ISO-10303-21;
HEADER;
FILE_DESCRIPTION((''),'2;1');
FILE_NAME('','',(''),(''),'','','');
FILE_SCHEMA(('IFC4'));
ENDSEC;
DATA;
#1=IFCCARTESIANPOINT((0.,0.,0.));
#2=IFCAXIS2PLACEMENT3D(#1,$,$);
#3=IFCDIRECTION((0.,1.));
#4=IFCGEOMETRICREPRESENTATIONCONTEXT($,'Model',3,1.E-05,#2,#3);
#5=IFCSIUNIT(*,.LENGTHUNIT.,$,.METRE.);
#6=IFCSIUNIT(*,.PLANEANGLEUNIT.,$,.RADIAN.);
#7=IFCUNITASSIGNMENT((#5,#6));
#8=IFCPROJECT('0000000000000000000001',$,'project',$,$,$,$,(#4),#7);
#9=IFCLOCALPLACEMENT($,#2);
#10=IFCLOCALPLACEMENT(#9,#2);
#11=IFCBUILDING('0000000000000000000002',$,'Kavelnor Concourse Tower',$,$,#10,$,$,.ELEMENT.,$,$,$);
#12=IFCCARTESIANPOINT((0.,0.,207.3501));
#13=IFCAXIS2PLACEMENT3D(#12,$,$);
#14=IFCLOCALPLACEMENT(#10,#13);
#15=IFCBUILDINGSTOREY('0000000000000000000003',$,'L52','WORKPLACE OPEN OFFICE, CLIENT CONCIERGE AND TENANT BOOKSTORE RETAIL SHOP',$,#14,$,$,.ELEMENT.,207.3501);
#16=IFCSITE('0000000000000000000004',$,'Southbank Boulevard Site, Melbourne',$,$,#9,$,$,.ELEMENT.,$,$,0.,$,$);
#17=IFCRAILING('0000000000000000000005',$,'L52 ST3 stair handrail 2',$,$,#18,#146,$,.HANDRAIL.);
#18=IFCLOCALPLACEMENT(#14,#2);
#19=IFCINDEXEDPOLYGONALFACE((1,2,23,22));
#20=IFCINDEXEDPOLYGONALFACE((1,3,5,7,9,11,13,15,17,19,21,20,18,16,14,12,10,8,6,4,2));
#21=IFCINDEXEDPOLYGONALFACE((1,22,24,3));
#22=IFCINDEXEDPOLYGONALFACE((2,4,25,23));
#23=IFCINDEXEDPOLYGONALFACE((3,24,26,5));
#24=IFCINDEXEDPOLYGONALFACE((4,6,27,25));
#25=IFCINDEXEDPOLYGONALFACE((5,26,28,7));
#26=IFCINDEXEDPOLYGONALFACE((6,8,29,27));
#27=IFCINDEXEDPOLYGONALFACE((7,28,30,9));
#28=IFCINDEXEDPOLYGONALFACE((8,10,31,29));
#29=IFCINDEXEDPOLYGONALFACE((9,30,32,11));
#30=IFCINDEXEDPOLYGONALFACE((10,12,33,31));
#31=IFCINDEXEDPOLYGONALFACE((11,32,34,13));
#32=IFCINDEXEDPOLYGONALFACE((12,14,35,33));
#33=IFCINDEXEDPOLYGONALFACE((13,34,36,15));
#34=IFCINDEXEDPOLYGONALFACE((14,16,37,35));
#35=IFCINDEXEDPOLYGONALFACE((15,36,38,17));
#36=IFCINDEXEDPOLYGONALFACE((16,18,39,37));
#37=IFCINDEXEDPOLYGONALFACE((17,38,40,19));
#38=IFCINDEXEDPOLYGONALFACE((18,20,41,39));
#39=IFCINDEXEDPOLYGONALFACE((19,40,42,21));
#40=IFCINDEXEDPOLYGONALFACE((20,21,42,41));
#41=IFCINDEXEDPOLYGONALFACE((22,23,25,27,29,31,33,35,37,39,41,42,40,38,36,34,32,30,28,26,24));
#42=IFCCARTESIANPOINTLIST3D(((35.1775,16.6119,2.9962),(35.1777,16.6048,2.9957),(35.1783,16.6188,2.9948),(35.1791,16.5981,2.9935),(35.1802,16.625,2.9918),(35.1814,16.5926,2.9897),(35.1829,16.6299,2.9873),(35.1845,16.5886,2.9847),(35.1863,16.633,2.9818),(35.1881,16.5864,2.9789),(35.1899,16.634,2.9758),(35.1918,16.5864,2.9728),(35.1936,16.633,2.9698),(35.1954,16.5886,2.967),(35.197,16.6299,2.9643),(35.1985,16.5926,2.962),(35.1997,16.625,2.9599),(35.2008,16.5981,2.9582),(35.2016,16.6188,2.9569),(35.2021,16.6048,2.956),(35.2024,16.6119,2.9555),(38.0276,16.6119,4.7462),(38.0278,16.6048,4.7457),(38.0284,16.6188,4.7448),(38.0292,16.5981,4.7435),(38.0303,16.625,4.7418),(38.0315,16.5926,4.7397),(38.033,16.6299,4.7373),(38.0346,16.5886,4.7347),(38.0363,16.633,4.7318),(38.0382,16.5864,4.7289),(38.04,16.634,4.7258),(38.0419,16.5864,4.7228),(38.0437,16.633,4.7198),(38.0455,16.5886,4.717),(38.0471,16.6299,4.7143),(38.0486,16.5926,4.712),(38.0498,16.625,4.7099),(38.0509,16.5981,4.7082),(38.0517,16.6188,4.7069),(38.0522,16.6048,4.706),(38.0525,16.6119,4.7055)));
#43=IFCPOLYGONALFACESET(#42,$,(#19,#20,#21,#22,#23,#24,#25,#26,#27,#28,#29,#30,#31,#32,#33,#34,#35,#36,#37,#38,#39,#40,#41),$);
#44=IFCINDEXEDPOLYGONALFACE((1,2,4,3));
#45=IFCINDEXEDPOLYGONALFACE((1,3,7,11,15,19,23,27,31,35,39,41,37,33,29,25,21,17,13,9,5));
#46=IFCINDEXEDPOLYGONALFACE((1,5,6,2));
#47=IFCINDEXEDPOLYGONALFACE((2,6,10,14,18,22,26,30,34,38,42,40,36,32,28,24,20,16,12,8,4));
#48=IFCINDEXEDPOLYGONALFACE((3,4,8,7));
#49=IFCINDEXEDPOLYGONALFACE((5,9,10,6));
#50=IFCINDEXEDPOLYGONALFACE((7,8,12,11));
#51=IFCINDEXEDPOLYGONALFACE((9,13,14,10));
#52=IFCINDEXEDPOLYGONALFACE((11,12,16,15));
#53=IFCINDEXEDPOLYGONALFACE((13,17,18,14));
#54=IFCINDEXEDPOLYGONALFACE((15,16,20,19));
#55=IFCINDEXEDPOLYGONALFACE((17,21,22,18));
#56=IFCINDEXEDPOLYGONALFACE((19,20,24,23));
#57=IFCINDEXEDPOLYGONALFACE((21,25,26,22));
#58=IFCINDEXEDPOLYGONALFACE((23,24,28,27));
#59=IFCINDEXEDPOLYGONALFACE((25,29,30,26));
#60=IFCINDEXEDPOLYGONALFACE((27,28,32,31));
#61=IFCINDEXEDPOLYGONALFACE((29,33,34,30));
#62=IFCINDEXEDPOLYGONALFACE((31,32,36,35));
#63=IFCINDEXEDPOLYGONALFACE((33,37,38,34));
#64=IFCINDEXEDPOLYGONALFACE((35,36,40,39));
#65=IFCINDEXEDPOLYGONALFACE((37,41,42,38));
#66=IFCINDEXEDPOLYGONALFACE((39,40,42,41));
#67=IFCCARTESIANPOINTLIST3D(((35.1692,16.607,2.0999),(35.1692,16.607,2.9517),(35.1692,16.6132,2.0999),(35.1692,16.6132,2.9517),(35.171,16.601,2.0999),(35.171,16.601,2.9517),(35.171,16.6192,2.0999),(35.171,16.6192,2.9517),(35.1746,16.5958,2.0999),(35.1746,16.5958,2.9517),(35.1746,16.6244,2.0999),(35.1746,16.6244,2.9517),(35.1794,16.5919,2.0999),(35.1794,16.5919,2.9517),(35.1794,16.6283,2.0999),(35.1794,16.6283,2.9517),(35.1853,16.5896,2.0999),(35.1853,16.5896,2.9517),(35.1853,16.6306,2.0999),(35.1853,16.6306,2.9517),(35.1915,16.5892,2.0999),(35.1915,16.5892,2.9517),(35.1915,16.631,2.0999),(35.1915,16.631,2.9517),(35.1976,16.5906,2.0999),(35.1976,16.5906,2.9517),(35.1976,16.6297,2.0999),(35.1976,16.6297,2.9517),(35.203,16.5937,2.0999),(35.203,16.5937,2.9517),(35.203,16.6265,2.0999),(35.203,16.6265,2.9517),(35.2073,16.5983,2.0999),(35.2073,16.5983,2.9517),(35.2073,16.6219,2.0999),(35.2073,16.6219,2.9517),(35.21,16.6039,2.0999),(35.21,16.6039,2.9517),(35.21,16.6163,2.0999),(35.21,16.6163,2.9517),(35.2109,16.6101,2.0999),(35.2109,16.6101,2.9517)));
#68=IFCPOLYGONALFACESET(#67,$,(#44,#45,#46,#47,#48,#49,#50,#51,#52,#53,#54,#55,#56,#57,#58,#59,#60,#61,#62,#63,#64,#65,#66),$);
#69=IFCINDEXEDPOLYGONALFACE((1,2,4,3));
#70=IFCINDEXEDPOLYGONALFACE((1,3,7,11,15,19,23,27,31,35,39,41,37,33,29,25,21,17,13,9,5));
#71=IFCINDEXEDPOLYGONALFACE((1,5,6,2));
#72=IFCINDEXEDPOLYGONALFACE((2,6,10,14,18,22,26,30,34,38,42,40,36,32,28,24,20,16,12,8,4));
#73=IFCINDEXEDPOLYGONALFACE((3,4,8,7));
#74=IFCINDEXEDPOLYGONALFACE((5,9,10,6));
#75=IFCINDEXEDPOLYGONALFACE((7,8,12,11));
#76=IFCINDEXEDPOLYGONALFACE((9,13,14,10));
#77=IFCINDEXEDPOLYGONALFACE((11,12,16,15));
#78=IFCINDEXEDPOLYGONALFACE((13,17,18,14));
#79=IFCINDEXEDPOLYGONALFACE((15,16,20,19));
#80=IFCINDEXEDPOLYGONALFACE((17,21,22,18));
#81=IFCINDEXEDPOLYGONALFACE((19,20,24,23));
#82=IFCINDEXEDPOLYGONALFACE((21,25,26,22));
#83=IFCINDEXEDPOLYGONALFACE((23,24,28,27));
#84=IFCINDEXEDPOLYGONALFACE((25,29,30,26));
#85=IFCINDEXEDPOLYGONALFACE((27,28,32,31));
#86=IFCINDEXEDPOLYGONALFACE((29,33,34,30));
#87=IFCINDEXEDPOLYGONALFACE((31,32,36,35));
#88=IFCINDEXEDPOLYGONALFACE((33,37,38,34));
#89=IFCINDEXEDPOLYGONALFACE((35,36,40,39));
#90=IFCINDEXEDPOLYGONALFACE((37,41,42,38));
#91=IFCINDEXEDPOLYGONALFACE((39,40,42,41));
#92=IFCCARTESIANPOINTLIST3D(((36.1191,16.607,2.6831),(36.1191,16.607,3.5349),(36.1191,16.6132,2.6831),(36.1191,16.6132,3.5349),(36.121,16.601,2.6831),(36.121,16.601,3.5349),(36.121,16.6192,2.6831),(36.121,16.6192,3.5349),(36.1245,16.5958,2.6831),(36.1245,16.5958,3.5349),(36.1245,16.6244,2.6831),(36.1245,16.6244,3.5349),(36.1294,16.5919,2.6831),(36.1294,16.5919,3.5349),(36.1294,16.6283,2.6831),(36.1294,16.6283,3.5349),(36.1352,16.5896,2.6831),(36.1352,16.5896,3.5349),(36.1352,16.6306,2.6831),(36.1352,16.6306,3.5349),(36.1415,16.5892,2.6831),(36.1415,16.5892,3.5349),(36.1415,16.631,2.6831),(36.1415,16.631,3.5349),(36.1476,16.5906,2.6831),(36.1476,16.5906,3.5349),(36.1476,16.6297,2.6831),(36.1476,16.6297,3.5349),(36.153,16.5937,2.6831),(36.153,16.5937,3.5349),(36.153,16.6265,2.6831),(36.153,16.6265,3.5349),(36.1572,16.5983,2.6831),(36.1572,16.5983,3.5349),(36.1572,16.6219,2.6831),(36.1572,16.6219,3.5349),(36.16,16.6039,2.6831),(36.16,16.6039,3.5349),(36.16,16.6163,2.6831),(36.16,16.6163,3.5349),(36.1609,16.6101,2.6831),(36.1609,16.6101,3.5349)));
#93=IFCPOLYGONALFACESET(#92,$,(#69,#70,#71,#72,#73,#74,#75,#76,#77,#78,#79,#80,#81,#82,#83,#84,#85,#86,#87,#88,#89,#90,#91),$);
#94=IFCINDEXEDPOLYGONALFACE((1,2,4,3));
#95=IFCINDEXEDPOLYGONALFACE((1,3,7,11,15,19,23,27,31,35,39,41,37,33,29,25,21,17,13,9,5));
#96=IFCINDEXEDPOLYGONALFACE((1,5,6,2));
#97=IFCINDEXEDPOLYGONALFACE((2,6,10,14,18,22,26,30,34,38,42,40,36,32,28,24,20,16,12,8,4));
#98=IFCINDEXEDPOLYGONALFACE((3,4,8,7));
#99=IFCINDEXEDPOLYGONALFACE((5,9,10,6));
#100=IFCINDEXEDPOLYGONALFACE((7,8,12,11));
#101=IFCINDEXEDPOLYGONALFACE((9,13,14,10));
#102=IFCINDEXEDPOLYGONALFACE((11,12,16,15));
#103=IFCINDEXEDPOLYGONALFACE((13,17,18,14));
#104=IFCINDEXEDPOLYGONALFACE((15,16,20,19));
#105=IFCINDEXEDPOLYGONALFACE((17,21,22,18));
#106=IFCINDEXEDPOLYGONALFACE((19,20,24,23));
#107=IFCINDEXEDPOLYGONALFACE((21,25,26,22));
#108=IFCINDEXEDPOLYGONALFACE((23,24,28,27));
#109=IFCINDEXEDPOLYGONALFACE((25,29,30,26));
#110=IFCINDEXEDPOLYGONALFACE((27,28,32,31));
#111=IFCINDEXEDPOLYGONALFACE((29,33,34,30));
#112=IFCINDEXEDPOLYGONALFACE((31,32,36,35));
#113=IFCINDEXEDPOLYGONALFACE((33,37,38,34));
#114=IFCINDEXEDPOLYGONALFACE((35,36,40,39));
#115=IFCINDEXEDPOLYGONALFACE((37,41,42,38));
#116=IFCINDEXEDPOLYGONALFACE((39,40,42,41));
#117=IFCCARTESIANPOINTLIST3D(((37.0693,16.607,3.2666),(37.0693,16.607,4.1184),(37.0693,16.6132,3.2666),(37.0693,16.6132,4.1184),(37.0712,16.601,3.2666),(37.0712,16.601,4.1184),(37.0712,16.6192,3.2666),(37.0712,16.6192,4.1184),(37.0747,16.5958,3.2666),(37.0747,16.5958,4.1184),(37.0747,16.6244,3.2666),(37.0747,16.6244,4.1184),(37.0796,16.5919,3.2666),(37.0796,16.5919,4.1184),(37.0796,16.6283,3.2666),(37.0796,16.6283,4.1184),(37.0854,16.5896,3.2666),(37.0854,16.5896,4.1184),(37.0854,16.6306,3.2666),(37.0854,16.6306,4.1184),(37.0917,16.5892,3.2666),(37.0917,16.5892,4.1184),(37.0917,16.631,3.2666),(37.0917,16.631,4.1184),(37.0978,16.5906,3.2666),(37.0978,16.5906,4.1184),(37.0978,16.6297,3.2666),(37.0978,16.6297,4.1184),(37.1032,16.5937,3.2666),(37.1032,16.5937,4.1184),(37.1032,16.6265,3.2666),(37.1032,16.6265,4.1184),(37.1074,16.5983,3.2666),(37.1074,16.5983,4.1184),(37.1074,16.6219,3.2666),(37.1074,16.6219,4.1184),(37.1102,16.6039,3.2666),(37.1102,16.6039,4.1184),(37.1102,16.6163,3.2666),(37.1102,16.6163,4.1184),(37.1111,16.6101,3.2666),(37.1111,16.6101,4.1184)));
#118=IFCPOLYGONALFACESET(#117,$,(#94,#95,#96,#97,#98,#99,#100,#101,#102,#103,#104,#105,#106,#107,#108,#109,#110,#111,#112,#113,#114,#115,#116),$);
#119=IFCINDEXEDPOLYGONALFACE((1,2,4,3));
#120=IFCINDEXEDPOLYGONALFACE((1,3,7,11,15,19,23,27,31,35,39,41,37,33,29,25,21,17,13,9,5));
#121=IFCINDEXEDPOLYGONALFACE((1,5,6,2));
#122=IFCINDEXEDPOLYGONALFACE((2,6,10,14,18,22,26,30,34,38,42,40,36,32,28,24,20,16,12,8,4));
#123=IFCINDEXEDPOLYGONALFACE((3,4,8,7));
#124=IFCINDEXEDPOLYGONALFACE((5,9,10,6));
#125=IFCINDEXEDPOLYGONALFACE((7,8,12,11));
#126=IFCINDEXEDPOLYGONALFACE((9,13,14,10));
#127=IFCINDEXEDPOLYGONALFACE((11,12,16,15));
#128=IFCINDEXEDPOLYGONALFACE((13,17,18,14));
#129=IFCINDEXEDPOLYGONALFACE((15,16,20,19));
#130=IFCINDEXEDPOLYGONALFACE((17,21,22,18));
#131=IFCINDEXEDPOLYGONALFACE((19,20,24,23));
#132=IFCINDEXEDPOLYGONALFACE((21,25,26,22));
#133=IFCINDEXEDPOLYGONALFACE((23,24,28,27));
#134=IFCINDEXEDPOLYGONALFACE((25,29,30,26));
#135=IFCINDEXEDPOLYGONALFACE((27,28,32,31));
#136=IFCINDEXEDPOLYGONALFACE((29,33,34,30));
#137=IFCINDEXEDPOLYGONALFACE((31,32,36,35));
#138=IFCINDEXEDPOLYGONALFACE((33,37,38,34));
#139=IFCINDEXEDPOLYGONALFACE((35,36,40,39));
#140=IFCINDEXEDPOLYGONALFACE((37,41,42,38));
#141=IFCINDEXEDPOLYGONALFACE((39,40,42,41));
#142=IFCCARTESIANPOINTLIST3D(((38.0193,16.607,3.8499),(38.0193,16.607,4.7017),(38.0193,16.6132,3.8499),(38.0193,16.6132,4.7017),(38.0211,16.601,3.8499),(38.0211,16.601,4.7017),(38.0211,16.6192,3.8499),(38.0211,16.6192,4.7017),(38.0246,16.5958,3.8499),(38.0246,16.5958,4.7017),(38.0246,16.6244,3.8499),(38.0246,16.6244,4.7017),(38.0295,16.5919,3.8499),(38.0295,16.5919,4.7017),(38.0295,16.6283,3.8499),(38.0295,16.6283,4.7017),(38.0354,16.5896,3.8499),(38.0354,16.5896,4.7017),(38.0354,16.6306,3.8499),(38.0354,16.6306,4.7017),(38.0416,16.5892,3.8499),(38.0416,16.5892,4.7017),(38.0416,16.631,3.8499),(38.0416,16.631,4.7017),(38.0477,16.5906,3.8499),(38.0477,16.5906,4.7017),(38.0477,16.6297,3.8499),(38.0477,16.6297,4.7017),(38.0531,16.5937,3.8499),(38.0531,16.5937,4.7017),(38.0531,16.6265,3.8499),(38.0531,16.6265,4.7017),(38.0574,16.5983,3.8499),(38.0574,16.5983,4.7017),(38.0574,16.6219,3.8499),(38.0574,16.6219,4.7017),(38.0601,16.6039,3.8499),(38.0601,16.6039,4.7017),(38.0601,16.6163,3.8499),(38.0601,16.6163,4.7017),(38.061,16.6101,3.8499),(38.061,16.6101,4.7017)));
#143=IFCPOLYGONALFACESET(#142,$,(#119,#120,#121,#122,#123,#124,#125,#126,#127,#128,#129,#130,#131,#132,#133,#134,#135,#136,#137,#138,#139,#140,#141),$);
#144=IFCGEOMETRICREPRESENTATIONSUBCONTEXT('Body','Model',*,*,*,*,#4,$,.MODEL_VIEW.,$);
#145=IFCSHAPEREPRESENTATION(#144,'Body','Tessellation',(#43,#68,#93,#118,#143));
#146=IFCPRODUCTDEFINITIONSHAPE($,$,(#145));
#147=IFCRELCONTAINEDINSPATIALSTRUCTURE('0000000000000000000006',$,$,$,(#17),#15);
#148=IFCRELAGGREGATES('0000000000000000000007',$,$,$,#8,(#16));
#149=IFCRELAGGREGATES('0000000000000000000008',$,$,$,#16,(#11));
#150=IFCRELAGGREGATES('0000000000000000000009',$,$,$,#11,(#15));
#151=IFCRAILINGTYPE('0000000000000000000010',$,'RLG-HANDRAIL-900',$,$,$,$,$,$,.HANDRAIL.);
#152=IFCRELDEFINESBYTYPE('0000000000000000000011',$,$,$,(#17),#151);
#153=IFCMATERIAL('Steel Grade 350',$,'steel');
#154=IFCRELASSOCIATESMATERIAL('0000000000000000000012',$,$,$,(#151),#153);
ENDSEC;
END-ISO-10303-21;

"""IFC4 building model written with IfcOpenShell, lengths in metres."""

from ifc_helpers import new_model, si_unit, direction, frame, origin, origin_2d, place, context, subcontext, project, spatial, circle, extrude, material, type_object, element, save


model = new_model("IFC4")

# Units and contexts
model_context = context("Model", 3, precision=1e-05, world=origin(), true_north=direction((0.0, 1.0)))
body_context = subcontext(model_context, "Body", "Model", "MODEL_VIEW")
ifc_project = project(units=[si_unit("LENGTHUNIT", "METRE"), si_unit("PLANEANGLEUNIT", "RADIAN")], contexts=[model_context])

# Site, building, storey
site_placement = place(None, origin())
site = spatial("IfcSite", under=ifc_project, at=site_placement, Name="Southbank Boulevard Site, Melbourne", CompositionType="ELEMENT", RefElevation=0.0)
building_placement = place(site_placement, origin())
building = spatial("IfcBuilding", under=site, at=building_placement, Name="Kavelnor Concourse Tower", CompositionType="ELEMENT")
storey_placement = place(building_placement, frame((0.0, 0.0, 207.3501)))
storey = spatial("IfcBuildingStorey", under=building, at=storey_placement, Name="L52", Description="WORKPLACE OPEN OFFICE, CLIENT CONCIERGE AND TENANT BOOKSTORE RETAIL SHOP", CompositionType="ELEMENT", Elevation=207.3501)

# Shared definitions
ifc_material_1 = material(Name="Steel Grade 350", Category="steel")

# Railing
railing_type_1 = type_object("IfcRailingType", Name="RLG-HANDRAIL-900", PredefinedType="HANDRAIL", material=ifc_material_1)
railing_1_placement = place(storey_placement, frame((35.1899, 16.6101, 2.0999)))
element("IfcRailing", 1, at=railing_1_placement, inside=storey, type_object=railing_type_1, Name="L52 ST3 stair handrail 2", PredefinedType="HANDRAIL", context=body_context, shape_type="SweptSolid", body=[
    extrude(circle(Radius=0.0239, at=origin_2d()), frame((0.0, 0.0, 0.876), z_axis=(0.852179, 0.0, 0.52325), x_axis=(0.0, 1.0, 0.0)), (0.0, 0.0, 1.0), 3.3445),
    extrude(circle(Radius=0.021, at=origin_2d()), origin(), (0.0, 0.0, 1.0), 0.8518),
    extrude(circle(Radius=0.021, at=origin_2d()), frame((0.95, 0.0, 0.5833)), (0.0, 0.0, 1.0), 0.8518),
    extrude(circle(Radius=0.021, at=origin_2d()), frame((1.9001, 0.0, 1.1667)), (0.0, 0.0, 1.0), 0.8518),
    extrude(circle(Radius=0.021, at=origin_2d()), frame((2.8501, 0.0, 1.75)), (0.0, 0.0, 1.0), 0.8518),
])

save(model, "model.ifc")
